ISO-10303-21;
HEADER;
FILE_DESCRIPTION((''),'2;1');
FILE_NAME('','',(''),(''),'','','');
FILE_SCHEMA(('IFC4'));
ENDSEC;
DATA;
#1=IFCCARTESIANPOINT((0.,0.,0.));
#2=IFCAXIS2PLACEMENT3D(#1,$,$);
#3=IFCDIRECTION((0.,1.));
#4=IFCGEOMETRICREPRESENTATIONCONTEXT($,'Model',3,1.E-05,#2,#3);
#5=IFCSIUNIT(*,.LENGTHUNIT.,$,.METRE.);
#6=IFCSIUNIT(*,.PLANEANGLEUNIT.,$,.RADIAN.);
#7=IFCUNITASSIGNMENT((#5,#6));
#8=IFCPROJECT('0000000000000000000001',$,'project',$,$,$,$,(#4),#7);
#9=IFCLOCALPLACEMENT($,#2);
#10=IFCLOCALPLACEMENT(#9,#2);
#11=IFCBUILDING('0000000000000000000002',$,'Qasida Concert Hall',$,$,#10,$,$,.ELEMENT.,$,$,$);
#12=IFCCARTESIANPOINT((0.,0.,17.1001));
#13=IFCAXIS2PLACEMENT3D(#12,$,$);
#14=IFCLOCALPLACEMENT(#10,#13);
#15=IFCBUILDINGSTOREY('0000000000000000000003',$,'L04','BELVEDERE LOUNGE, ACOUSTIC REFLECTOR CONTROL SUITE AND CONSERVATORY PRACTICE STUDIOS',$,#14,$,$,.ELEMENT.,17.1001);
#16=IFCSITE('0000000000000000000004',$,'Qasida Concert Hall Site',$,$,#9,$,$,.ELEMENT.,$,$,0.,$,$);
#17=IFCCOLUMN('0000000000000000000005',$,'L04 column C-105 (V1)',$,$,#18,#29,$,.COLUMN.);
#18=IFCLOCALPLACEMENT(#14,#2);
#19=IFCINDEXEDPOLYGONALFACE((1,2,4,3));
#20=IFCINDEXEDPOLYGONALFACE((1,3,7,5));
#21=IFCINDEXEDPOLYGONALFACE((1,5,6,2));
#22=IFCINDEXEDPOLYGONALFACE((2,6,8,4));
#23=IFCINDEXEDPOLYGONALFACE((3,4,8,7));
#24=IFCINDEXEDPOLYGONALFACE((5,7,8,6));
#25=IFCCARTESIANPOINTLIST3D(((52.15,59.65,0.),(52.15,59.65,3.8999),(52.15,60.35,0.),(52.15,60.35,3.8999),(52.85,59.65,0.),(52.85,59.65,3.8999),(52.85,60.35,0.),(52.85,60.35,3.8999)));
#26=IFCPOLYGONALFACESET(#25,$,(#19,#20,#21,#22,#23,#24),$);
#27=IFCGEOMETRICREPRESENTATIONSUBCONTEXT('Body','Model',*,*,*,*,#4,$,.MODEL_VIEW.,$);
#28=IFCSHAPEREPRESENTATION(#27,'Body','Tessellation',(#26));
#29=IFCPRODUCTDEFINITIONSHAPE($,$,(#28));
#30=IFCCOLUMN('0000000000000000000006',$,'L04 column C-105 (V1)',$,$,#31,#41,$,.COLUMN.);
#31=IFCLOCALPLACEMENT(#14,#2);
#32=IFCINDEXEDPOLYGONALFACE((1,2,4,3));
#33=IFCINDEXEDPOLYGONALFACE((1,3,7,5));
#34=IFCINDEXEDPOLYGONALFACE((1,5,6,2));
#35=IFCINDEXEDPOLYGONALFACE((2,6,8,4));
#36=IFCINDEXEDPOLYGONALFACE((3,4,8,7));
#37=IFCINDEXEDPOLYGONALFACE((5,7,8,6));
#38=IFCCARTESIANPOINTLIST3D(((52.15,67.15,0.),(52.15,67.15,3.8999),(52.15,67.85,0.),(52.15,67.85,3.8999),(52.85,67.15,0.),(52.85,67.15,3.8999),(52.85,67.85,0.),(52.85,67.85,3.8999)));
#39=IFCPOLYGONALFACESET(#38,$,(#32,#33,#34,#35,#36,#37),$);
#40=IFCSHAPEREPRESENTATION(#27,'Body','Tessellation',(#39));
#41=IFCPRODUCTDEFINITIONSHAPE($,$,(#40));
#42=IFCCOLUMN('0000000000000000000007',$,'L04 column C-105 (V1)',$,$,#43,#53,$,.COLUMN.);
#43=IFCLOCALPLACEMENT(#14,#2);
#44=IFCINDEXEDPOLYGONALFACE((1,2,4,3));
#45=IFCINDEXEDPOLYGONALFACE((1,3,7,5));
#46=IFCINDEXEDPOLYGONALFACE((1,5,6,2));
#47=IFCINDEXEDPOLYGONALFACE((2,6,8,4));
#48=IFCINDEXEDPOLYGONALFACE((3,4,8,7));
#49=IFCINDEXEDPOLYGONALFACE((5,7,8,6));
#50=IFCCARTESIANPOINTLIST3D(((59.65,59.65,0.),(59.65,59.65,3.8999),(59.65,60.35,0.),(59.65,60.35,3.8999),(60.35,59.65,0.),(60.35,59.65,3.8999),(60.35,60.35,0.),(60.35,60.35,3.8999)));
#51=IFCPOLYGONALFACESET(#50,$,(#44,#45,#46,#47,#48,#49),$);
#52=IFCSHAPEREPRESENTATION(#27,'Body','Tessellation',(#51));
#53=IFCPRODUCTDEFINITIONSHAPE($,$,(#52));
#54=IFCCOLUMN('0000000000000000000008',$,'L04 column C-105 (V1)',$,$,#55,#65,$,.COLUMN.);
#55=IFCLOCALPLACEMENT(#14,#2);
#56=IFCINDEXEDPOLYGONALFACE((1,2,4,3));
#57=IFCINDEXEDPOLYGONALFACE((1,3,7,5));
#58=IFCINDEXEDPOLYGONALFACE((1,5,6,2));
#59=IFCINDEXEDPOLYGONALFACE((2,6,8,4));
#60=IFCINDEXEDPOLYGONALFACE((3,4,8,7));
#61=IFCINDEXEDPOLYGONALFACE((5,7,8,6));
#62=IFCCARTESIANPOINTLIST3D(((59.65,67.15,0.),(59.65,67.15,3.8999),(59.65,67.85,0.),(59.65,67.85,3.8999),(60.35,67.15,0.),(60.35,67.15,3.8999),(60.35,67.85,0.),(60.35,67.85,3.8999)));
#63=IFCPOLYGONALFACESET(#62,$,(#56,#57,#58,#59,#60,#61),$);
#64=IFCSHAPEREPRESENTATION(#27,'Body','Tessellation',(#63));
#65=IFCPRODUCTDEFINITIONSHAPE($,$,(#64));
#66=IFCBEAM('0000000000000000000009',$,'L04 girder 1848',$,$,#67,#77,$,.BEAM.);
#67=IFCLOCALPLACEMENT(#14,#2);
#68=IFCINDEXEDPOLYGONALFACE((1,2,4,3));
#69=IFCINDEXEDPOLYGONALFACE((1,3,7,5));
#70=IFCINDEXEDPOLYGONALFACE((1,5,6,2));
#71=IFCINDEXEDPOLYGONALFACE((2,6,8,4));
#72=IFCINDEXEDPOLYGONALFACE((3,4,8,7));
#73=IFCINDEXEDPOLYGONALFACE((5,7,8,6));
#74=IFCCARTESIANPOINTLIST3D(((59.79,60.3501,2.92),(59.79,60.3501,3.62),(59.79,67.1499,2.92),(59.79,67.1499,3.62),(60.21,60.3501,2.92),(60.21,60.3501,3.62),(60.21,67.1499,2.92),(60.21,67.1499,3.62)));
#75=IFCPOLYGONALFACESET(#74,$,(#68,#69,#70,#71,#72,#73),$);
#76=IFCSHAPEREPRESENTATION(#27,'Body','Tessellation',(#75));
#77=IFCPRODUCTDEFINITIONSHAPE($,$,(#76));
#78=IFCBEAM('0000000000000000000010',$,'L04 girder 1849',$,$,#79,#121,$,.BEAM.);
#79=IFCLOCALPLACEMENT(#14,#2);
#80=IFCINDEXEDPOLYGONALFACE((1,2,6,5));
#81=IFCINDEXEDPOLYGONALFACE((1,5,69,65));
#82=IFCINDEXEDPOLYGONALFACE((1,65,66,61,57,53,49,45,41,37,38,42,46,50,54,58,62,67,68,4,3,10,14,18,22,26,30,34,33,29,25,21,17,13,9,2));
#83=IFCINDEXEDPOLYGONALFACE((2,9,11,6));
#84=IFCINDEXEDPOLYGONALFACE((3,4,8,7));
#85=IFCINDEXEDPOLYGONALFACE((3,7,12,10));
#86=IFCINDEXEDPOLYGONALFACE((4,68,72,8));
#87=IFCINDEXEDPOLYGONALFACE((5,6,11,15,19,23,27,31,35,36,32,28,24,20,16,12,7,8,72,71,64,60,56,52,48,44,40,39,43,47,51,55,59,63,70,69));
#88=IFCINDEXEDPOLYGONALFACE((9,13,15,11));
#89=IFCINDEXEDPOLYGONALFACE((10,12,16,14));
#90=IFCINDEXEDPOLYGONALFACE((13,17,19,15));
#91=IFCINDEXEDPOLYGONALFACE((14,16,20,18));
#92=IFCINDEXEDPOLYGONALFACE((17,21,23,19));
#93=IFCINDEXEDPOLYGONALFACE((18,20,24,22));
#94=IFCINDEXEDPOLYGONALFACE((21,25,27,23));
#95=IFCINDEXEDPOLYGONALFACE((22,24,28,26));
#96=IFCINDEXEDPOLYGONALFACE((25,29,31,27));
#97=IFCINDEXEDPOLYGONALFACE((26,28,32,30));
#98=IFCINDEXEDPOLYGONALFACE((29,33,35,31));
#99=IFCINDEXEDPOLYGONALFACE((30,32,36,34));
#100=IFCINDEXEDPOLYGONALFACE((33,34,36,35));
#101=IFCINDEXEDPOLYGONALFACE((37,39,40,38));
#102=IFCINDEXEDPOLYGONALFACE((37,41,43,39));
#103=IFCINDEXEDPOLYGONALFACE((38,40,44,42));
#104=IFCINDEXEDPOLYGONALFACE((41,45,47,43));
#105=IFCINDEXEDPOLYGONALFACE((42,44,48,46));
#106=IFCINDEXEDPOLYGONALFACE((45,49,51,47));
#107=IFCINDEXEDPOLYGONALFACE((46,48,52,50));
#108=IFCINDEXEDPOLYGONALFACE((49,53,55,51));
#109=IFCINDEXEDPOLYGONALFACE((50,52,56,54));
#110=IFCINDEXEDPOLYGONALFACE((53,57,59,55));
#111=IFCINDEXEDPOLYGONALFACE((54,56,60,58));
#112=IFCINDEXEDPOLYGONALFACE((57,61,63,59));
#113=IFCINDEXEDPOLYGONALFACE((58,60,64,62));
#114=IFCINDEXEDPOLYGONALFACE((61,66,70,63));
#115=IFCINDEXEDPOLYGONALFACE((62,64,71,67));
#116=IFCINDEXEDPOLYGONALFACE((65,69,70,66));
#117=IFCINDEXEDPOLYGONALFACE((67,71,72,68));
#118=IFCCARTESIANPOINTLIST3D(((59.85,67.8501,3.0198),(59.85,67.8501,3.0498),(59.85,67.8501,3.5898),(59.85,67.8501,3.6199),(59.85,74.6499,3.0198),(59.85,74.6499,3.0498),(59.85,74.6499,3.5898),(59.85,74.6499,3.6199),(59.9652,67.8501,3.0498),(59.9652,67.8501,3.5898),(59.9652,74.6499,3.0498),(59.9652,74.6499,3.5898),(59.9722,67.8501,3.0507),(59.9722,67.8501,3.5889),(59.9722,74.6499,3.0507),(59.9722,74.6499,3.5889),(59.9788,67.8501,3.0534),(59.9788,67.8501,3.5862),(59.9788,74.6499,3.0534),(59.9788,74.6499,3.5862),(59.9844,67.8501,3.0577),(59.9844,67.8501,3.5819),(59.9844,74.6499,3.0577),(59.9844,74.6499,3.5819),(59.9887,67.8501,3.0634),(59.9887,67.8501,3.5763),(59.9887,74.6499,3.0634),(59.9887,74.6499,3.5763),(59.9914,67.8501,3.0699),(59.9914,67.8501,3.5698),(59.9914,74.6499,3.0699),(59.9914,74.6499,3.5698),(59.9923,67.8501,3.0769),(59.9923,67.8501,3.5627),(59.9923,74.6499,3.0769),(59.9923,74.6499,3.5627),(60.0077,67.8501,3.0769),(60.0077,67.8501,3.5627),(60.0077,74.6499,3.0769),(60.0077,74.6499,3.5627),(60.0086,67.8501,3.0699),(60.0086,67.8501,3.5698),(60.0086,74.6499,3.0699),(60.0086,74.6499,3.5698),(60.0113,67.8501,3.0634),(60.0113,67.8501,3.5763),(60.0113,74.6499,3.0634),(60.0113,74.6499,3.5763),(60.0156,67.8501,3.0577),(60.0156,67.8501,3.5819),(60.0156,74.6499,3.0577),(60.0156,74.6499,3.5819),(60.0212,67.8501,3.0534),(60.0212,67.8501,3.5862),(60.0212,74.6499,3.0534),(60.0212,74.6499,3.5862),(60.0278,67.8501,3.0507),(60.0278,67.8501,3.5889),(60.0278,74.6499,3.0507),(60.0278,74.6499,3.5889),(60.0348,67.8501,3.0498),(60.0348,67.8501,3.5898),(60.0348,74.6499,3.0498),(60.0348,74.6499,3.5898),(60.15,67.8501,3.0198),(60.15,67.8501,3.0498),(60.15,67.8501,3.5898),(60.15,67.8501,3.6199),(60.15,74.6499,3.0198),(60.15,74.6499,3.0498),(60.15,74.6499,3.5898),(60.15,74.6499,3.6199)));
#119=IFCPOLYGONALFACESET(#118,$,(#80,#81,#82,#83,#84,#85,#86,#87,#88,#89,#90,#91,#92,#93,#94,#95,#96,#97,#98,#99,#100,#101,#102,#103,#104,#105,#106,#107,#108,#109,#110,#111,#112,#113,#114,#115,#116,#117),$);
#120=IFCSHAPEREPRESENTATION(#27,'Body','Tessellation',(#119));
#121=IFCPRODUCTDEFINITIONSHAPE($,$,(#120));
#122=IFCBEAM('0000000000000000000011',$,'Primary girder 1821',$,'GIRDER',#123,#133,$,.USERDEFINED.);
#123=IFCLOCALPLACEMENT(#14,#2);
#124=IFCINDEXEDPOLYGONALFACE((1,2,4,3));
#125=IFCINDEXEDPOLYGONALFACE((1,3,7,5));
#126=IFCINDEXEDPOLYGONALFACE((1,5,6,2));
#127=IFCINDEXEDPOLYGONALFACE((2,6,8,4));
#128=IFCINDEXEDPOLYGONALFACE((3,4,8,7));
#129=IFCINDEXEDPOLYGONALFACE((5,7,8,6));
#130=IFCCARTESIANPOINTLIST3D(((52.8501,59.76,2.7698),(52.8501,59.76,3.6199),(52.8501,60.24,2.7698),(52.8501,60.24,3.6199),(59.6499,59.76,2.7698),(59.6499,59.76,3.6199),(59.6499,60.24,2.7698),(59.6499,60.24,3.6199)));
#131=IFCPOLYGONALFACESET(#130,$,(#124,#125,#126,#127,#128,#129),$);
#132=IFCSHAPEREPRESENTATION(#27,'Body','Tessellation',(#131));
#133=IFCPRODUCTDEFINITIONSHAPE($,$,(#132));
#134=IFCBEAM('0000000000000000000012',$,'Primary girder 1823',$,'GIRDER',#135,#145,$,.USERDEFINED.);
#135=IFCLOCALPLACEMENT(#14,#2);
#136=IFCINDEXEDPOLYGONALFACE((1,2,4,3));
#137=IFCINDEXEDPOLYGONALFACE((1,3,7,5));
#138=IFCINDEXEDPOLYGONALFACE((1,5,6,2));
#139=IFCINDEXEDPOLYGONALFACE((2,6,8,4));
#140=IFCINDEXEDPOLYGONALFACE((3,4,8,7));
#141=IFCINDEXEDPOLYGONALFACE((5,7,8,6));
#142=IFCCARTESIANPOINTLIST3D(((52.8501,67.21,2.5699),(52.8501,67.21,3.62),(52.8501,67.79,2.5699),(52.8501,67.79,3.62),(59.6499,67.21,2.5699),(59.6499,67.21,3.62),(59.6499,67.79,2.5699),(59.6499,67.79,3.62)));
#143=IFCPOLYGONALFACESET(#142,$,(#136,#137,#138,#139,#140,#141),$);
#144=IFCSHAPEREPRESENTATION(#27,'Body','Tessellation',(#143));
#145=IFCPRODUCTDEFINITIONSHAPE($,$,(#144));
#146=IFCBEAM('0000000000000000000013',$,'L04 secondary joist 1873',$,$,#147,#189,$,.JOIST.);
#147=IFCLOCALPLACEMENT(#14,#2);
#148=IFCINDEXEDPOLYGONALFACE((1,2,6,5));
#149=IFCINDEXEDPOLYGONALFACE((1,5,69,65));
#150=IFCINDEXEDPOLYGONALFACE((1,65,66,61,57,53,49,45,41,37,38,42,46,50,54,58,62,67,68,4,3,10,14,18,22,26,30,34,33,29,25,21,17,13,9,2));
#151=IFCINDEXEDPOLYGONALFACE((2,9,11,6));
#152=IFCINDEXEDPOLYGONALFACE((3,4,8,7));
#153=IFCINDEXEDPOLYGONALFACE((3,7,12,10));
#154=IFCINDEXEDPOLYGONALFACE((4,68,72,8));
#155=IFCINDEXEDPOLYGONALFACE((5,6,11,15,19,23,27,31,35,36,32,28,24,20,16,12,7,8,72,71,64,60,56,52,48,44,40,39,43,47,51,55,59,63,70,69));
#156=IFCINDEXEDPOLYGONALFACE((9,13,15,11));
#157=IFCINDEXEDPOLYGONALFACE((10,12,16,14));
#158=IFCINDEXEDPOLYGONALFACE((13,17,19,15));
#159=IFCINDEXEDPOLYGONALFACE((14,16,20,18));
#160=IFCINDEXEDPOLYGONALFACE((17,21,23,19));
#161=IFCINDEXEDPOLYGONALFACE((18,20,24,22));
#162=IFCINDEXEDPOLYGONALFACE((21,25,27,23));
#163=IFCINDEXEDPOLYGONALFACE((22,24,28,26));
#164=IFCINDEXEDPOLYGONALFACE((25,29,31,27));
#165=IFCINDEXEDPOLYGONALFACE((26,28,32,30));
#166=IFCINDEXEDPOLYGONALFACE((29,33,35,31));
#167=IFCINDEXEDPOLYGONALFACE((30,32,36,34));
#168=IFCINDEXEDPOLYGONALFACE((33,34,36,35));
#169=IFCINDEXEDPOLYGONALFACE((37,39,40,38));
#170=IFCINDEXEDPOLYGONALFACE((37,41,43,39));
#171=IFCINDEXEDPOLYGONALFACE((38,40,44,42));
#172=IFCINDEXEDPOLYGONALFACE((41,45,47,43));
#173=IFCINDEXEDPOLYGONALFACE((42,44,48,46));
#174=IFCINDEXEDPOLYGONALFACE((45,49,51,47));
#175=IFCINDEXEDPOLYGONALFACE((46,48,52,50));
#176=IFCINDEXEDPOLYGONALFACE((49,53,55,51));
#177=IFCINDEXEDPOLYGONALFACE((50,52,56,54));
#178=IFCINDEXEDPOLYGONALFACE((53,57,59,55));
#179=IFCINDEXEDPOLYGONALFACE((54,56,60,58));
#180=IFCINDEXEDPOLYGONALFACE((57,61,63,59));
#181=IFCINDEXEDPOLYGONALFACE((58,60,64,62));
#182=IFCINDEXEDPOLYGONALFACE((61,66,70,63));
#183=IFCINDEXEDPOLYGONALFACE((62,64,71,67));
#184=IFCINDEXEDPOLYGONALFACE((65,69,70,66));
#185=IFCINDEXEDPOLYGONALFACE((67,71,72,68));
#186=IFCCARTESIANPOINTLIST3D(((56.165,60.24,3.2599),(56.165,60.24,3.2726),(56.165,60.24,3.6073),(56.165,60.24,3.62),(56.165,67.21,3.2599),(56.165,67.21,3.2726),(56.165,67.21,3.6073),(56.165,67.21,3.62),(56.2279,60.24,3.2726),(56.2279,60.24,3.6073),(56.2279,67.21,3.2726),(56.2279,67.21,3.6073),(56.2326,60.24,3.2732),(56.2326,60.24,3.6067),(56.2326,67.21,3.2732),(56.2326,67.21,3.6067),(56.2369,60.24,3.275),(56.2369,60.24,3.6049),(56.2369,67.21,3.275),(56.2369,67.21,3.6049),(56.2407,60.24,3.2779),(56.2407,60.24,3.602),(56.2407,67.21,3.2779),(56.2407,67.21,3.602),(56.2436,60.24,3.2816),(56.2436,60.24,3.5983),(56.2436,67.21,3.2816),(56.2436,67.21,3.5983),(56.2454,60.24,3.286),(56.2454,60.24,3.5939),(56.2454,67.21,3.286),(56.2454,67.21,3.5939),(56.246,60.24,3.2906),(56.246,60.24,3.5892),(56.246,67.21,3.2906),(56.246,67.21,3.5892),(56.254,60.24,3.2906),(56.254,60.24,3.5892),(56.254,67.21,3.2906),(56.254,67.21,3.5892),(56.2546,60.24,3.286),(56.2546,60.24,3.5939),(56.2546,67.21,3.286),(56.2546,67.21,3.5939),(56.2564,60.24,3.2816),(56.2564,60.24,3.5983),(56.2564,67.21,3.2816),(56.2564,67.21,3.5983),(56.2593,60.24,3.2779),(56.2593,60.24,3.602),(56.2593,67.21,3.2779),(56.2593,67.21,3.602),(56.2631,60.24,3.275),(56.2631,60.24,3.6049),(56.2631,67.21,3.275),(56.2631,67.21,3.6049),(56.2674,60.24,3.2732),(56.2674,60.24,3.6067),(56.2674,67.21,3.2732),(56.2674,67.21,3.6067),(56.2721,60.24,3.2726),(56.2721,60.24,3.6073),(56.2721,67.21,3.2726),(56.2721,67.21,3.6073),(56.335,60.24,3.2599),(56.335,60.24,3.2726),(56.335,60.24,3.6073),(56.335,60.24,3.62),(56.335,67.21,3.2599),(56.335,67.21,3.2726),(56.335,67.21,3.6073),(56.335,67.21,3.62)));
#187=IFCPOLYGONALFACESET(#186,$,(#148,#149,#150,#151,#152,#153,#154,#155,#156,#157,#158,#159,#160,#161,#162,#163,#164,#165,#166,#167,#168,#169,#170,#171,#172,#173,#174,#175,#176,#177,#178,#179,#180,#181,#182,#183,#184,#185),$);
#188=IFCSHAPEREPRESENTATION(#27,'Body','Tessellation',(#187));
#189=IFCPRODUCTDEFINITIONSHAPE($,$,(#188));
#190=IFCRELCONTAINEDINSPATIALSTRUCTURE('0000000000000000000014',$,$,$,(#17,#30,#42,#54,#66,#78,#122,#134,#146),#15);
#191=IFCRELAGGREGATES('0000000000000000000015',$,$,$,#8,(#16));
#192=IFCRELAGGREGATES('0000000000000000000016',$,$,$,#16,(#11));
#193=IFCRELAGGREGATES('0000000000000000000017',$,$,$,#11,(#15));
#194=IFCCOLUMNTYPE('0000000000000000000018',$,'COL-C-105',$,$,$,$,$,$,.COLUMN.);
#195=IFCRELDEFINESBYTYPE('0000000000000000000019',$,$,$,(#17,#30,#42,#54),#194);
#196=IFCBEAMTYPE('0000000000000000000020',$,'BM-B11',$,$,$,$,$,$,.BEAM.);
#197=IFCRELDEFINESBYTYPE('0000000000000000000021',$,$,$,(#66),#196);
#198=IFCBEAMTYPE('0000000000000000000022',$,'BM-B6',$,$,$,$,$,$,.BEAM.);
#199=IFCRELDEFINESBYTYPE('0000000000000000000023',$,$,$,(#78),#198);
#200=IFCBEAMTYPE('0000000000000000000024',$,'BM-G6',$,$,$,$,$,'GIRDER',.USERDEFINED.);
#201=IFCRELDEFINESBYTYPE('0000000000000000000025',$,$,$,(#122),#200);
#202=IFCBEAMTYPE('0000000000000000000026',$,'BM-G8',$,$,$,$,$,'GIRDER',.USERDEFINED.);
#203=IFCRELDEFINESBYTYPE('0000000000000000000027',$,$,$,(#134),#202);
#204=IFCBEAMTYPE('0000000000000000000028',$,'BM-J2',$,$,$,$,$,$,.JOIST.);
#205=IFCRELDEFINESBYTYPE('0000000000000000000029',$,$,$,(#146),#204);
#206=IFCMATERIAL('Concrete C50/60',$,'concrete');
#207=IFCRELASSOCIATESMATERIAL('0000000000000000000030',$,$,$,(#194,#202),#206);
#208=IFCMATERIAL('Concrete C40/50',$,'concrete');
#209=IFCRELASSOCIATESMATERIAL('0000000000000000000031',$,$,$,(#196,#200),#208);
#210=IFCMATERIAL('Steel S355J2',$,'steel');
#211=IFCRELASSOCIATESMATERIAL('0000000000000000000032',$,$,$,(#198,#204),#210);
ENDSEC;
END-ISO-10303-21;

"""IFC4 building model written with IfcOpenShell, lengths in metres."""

from ifc_helpers import new_model, si_unit, direction, frame, origin, origin_2d, place, context, subcontext, project, spatial, rectangle, i_section, extrude, material, material_profile, profile_set, type_object, element, save


model = new_model("IFC4")

# Units and contexts
model_context = context("Model", 3, precision=1e-05, world=origin(), true_north=direction((0.0, 1.0)))
body_context = subcontext(model_context, "Body", "Model", "MODEL_VIEW")
ifc_project = project(units=[si_unit("LENGTHUNIT", "METRE"), si_unit("PLANEANGLEUNIT", "RADIAN")], contexts=[model_context])

# Site, building, storey
site_placement = place(None, origin())
site = spatial("IfcSite", under=ifc_project, at=site_placement, Name="Qasida Concert Hall Site", CompositionType="ELEMENT", RefElevation=0.0)
building_placement = place(site_placement, origin())
building = spatial("IfcBuilding", under=site, at=building_placement, Name="Qasida Concert Hall", CompositionType="ELEMENT")
storey_placement = place(building_placement, frame((0.0, 0.0, 17.1001)))
storey = spatial("IfcBuildingStorey", under=building, at=storey_placement, Name="L04", Description="BELVEDERE LOUNGE, ACOUSTIC REFLECTOR CONTROL SUITE AND CONSERVATORY PRACTICE STUDIOS", CompositionType="ELEMENT", Elevation=17.1001)

# Columns
ifc_material_1 = material(Name="Concrete C50/60", Category="concrete")
ifc_material_profile_1 = material_profile(ifc_material_1, rectangle(XDim=0.7, YDim=0.7, at=origin_2d()), Name="RC 700x700")
ifc_profile_set_1 = profile_set([ifc_material_profile_1], Name="Concrete C50/60")
column_type = type_object("IfcColumnType", Name="COL-C-105", PredefinedType="COLUMN", material=ifc_profile_set_1)
for number, where, z_axis, x_axis, name in (
    (1, (52.5, 60.0, 0.0), (0.0, 0.0, 1.0), (1.0, 0.0, 0.0), "L04 column C-105 (V1)"),
    (2, (52.5, 67.5, 0.0), (0.0, 0.0, 1.0), (1.0, 0.0, 0.0), "L04 column C-105 (V1)"),
    (3, (60.0, 60.0, 0.0), (0.0, 0.0, 1.0), (1.0, 0.0, 0.0), "L04 column C-105 (V1)"),
    (4, (60.0, 67.5, 0.0), (0.0, 0.0, 1.0), (1.0, 0.0, 0.0), "L04 column C-105 (V1)"),
):
    element("IfcColumn", number, at=place(storey_placement, frame(where, z_axis=z_axis, x_axis=x_axis)), inside=storey, type_object=column_type, Name=name, PredefinedType="COLUMN", context=body_context, shape_type="SweptSolid", body=[
        extrude(rectangle(XDim=0.7, YDim=0.7, at=origin_2d()), origin(), (0.0, 0.0, 1.0), 3.8999),
    ])

# Beams
ifc_material_2 = material(Name="Concrete C40/50", Category="concrete")
ifc_material_profile_2 = material_profile(ifc_material_2, rectangle(XDim=0.4199, YDim=0.7, at=origin_2d()), Name="RC 420x700")
ifc_profile_set_2 = profile_set([ifc_material_profile_2], Name="Concrete C40/50")
beam_type_1 = type_object("IfcBeamType", Name="BM-B11", PredefinedType="BEAM", material=ifc_profile_set_2)
beam_1_placement = place(storey_placement, frame((60.0, 60.3501, 3.27), z_axis=(0.0, 1.0, 0.0), x_axis=(-1.0, 0.0, 0.0)))
element("IfcBeam", 5, at=beam_1_placement, inside=storey, type_object=beam_type_1, Name="L04 girder 1848", PredefinedType="BEAM", context=body_context, shape_type="SweptSolid", body=[
    extrude(rectangle(XDim=0.4199, YDim=0.7, at=origin_2d()), origin(), (0.0, 0.0, 1.0), 6.7998),
])
ifc_material_3 = material(Name="Steel S355J2", Category="steel")
ifc_material_profile_3 = material_profile(ifc_material_3, i_section(OverallWidth=0.3, OverallDepth=0.6001, WebThickness=0.0154, FlangeThickness=0.03, FilletRadius=0.0271, at=origin_2d()), Name="HEB 600")
ifc_profile_set_3 = profile_set([ifc_material_profile_3], Name="Steel S355J2")
beam_type_2 = type_object("IfcBeamType", Name="BM-B6", PredefinedType="BEAM", material=ifc_profile_set_3)
beam_2_placement = place(storey_placement, frame((60.0, 67.8501, 3.3198), z_axis=(0.0, 1.0, 0.0), x_axis=(-1.0, 0.0, 0.0)))
element("IfcBeam", 6, at=beam_2_placement, inside=storey, type_object=beam_type_2, Name="L04 girder 1849", PredefinedType="BEAM", context=body_context, shape_type="SweptSolid", body=[
    extrude(i_section(OverallWidth=0.3, OverallDepth=0.6001, WebThickness=0.0154, FlangeThickness=0.03, FilletRadius=0.0271, at=origin_2d()), origin(), (0.0, 0.0, 1.0), 6.7998),
])
ifc_material_profile_4 = material_profile(ifc_material_2, rectangle(XDim=0.48, YDim=0.8501, at=origin_2d()), Name="RC 480x850")
ifc_profile_set_4 = profile_set([ifc_material_profile_4], Name="Concrete C40/50")
beam_type_3 = type_object("IfcBeamType", Name="BM-G6", ElementType="GIRDER", PredefinedType="USERDEFINED", material=ifc_profile_set_4)
beam_3_placement = place(storey_placement, frame((52.8501, 60.0, 3.1948), z_axis=(1.0, 0.0, 0.0), x_axis=(0.0, 1.0, 0.0)))
element("IfcBeam", 7, at=beam_3_placement, inside=storey, type_object=beam_type_3, Name="Primary girder 1821", ObjectType="GIRDER", PredefinedType="USERDEFINED", context=body_context, shape_type="SweptSolid", body=[
    extrude(rectangle(XDim=0.48, YDim=0.8501, at=origin_2d()), origin(), (0.0, 0.0, 1.0), 6.7998),
])
ifc_material_profile_5 = material_profile(ifc_material_1, rectangle(XDim=0.5801, YDim=1.05, at=origin_2d()), Name="RC 580x1050")
ifc_profile_set_5 = profile_set([ifc_material_profile_5], Name="Concrete C50/60")
beam_type_4 = type_object("IfcBeamType", Name="BM-G8", ElementType="GIRDER", PredefinedType="USERDEFINED", material=ifc_profile_set_5)
beam_4_placement = place(storey_placement, frame((52.8501, 67.5, 3.095), z_axis=(1.0, 0.0, 0.0), x_axis=(0.0, 1.0, 0.0)))
element("IfcBeam", 8, at=beam_4_placement, inside=storey, type_object=beam_type_4, Name="Primary girder 1823", ObjectType="GIRDER", PredefinedType="USERDEFINED", context=body_context, shape_type="SweptSolid", body=[
    extrude(rectangle(XDim=0.5801, YDim=1.05, at=origin_2d()), origin(), (0.0, 0.0, 1.0), 6.7998),
])
ifc_material_profile_6 = material_profile(ifc_material_3, i_section(OverallWidth=0.1699, OverallDepth=0.3601, WebThickness=0.0081, FlangeThickness=0.0127, FilletRadius=0.0181, at=origin_2d()), Name="IPE 360")
ifc_profile_set_6 = profile_set([ifc_material_profile_6], Name="Steel S355J2")
beam_type_5 = type_object("IfcBeamType", Name="BM-J2", PredefinedType="JOIST", material=ifc_profile_set_6)
beam_5_placement = place(storey_placement, frame((56.25, 60.24, 3.4399), z_axis=(0.0, 1.0, 0.0), x_axis=(-1.0, 0.0, 0.0)))
element("IfcBeam", 9, at=beam_5_placement, inside=storey, type_object=beam_type_5, Name="L04 secondary joist 1873", PredefinedType="JOIST", context=body_context, shape_type="SweptSolid", body=[
    extrude(i_section(OverallWidth=0.1699, OverallDepth=0.3601, WebThickness=0.0081, FlangeThickness=0.0127, FilletRadius=0.0181, at=origin_2d()), origin(), (0.0, 0.0, 1.0), 6.97),
])

save(model, "model.ifc")
